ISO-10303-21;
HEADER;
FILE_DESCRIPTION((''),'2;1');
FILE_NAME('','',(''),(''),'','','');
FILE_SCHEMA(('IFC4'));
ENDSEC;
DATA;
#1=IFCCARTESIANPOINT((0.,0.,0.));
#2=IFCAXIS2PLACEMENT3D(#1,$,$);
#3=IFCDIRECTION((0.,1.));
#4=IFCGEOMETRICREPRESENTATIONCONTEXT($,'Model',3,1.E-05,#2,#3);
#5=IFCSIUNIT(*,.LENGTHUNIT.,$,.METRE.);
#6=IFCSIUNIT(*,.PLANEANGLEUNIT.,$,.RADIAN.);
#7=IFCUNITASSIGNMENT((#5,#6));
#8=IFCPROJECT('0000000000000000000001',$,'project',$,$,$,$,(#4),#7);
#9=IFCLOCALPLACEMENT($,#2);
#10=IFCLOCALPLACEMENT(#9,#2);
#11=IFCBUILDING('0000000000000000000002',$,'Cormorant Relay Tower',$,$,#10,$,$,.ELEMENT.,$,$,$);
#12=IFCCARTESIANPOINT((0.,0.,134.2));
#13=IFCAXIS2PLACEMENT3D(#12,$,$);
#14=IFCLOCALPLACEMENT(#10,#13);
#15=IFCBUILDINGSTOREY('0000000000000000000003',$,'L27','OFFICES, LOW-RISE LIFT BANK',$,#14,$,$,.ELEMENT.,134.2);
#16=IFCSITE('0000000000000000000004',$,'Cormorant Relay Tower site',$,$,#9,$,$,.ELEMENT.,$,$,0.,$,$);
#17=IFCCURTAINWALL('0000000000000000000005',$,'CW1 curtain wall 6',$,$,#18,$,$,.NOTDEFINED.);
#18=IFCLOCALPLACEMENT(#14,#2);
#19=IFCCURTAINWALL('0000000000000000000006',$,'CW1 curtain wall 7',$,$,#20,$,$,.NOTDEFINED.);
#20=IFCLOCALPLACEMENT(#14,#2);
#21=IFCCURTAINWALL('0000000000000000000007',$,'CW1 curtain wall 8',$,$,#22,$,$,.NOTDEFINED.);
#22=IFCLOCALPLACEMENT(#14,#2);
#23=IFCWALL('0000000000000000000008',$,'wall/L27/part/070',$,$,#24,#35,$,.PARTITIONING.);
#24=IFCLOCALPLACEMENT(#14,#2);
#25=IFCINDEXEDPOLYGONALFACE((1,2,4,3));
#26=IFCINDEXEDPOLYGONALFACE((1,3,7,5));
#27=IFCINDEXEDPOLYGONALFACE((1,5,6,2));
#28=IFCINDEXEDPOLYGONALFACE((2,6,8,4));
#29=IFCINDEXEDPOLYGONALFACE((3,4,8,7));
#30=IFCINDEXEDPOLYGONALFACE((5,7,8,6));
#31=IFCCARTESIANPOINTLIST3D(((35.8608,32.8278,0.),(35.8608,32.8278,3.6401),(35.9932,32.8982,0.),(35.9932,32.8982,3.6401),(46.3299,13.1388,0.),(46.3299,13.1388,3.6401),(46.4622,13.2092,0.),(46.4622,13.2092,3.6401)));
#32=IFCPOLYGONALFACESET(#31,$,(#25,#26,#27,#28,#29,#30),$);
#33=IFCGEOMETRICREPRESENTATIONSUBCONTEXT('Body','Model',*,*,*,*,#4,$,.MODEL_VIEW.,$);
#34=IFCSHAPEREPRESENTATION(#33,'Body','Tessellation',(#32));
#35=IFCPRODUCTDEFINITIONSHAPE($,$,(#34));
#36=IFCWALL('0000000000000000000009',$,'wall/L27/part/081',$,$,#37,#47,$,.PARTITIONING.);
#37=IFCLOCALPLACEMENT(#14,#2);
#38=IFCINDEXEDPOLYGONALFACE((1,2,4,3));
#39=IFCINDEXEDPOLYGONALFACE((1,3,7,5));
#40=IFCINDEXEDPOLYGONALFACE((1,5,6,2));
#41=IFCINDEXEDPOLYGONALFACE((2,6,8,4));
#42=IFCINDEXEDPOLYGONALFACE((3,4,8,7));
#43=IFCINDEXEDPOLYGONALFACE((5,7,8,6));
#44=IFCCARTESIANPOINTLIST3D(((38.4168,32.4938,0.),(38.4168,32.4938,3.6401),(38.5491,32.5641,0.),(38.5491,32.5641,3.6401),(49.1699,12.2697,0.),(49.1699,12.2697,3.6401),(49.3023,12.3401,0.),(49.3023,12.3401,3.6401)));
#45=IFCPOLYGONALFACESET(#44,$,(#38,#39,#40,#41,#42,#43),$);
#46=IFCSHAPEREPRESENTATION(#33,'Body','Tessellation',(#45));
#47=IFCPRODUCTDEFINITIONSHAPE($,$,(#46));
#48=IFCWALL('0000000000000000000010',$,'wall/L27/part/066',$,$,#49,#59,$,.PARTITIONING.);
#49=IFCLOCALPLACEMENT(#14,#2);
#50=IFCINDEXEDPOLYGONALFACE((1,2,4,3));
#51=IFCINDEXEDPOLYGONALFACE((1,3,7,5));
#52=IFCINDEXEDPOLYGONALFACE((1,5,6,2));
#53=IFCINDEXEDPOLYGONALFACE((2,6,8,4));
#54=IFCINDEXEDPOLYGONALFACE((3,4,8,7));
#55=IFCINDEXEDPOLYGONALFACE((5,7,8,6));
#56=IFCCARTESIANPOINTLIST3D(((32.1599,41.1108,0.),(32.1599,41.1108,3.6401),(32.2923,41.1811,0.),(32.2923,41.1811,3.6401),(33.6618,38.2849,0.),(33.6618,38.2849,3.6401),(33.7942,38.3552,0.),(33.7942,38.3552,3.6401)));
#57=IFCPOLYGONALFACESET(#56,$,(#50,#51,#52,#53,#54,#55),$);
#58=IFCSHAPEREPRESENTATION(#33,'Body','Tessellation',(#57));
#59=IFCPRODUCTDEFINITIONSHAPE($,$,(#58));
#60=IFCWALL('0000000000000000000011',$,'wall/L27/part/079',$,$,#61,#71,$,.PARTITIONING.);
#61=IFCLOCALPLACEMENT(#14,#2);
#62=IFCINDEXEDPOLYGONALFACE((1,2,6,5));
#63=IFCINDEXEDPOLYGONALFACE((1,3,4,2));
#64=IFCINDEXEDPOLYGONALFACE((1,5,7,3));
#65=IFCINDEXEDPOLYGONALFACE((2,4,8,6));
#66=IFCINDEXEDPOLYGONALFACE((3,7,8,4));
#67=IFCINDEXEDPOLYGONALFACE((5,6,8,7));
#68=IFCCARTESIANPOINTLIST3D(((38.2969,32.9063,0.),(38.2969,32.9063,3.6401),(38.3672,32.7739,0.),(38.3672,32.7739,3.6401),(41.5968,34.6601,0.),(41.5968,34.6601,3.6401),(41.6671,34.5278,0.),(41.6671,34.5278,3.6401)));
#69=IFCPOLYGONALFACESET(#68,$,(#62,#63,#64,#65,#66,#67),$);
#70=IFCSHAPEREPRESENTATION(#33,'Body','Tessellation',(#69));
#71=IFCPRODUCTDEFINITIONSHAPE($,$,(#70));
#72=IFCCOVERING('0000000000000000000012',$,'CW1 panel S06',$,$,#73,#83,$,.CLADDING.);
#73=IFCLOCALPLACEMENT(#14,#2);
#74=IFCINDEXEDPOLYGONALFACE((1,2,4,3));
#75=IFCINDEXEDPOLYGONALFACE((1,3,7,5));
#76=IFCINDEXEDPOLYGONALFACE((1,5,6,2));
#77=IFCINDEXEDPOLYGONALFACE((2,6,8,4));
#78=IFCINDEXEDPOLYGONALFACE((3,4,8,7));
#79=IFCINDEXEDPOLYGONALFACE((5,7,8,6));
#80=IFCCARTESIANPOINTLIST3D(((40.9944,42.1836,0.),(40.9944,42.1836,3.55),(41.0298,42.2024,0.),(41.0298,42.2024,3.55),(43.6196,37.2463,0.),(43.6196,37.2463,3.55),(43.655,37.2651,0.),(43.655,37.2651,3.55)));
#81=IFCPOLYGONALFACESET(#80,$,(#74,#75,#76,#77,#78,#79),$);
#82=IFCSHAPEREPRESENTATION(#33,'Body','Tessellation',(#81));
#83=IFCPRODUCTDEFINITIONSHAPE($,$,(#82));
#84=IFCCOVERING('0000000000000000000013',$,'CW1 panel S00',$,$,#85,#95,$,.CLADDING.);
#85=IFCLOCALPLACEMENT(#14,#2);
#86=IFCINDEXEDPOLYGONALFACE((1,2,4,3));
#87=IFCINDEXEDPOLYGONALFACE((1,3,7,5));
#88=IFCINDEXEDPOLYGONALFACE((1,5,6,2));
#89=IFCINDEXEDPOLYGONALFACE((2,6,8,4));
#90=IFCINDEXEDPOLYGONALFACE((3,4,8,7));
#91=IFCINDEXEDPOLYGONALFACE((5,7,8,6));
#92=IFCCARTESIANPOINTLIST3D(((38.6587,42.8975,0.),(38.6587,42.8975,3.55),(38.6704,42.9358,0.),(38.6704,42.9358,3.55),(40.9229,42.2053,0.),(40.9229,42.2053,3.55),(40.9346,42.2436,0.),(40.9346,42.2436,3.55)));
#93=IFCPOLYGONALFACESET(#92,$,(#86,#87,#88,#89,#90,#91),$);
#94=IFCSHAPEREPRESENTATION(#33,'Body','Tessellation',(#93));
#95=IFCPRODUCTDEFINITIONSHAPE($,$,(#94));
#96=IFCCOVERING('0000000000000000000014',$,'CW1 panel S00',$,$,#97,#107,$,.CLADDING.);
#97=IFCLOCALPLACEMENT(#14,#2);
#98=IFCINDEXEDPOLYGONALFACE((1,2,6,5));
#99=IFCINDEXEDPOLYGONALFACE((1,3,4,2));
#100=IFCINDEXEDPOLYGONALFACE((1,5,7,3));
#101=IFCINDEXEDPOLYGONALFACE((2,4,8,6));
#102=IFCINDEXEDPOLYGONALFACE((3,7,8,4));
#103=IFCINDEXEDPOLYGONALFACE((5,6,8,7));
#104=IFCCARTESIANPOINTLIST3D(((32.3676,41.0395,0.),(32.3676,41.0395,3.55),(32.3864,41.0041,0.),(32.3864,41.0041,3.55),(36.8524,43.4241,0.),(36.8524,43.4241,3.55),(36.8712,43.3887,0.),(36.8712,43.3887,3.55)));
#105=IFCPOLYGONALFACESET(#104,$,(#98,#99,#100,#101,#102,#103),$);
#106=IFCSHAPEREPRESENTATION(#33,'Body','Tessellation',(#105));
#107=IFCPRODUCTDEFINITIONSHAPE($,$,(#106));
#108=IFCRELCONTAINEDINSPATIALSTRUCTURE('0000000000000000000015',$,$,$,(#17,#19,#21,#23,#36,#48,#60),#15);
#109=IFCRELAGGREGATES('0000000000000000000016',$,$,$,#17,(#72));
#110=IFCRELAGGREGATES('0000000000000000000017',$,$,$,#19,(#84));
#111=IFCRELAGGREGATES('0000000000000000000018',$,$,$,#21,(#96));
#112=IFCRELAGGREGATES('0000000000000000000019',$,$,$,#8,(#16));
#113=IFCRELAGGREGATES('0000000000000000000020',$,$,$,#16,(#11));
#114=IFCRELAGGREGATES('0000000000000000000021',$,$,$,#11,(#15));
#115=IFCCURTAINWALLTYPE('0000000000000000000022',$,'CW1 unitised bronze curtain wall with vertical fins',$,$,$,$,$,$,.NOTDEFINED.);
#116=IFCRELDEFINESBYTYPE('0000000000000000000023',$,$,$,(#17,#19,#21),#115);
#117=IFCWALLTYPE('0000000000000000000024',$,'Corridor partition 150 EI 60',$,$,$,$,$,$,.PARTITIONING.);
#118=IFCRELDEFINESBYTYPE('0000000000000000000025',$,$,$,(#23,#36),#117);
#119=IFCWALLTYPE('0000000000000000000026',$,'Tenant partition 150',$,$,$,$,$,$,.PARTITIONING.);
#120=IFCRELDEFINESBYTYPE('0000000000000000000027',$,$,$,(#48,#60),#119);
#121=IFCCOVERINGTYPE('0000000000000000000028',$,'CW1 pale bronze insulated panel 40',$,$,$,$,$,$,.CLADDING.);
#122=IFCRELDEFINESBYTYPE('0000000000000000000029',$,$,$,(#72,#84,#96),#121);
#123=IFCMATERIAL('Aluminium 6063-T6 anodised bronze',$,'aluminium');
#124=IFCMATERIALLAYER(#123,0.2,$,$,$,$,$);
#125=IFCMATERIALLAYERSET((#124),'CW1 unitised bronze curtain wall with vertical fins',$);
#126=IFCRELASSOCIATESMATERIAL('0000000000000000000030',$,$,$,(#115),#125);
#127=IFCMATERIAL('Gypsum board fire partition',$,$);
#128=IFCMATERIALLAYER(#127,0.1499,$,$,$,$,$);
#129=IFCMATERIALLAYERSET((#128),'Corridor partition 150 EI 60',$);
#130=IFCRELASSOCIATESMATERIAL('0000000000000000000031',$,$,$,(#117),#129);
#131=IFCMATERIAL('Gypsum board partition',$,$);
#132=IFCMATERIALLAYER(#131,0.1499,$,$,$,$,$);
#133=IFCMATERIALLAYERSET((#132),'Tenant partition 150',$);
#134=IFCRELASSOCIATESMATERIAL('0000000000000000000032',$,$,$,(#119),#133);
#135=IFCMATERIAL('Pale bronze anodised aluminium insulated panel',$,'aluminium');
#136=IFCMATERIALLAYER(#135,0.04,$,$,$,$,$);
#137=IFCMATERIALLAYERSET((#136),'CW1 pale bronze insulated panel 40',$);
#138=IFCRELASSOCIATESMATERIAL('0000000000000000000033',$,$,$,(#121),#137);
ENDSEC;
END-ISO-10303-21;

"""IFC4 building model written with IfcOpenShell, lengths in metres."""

from ifc_helpers import new_model, si_unit, direction, frame, frame_2d, origin, origin_2d, place, context, subcontext, project, spatial, rectangle, extrude, material, layer, layer_set, type_object, element, aggregate, save


model = new_model("IFC4")

# Units and contexts
model_context = context("Model", 3, precision=1e-05, world=origin(), true_north=direction((0.0, 1.0)))
body_context = subcontext(model_context, "Body", "Model", "MODEL_VIEW")
ifc_project = project(units=[si_unit("LENGTHUNIT", "METRE"), si_unit("PLANEANGLEUNIT", "RADIAN")], contexts=[model_context])

# Site, building, storey
site_placement = place(None, origin())
site = spatial("IfcSite", under=ifc_project, at=site_placement, Name="Cormorant Relay Tower site", CompositionType="ELEMENT", RefElevation=0.0)
building_placement = place(site_placement, origin())
building = spatial("IfcBuilding", under=site, at=building_placement, Name="Cormorant Relay Tower", CompositionType="ELEMENT")
storey_placement = place(building_placement, frame((0.0, 0.0, 134.2)))
storey = spatial("IfcBuildingStorey", under=building, at=storey_placement, Name="L27", Description="OFFICES, LOW-RISE LIFT BANK", CompositionType="ELEMENT", Elevation=134.2)

# Curtain wall
ifc_material_1 = material(Name="Aluminium 6063-T6 anodised bronze", Category="aluminium")
ifc_layer_1 = layer(ifc_material_1, 0.2)
ifc_layer_set_1 = layer_set([ifc_layer_1], Name="CW1 unitised bronze curtain wall with vertical fins")
curtain_wall_type = type_object("IfcCurtainWallType", Name="CW1 unitised bronze curtain wall with vertical fins", PredefinedType="NOTDEFINED", material=ifc_layer_set_1)
curtain_wall_1_placement = place(storey_placement, origin())
curtain_wall_1 = element("IfcCurtainWall", 1, at=curtain_wall_1_placement, inside=storey, type_object=curtain_wall_type, Name="CW1 curtain wall 6", PredefinedType="NOTDEFINED")

# Curtain wall
curtain_wall_2_placement = place(storey_placement, origin())
curtain_wall_2 = element("IfcCurtainWall", 2, at=curtain_wall_2_placement, inside=storey, type_object=curtain_wall_type, Name="CW1 curtain wall 7", PredefinedType="NOTDEFINED")

# Curtain wall
curtain_wall_3_placement = place(storey_placement, origin())
curtain_wall_3 = element("IfcCurtainWall", 3, at=curtain_wall_3_placement, inside=storey, type_object=curtain_wall_type, Name="CW1 curtain wall 8", PredefinedType="NOTDEFINED")

# Shared definitions
ifc_material_2 = material(Name="Gypsum board fire partition")
ifc_layer_2 = layer(ifc_material_2, 0.1499)
ifc_layer_set_2 = layer_set([ifc_layer_2], Name="Corridor partition 150 EI 60")
wall_type_1 = type_object("IfcWallType", Name="Corridor partition 150 EI 60", PredefinedType="PARTITIONING", material=ifc_layer_set_2)

# Walls
wall_1_placement = place(storey_placement, frame((35.927, 32.863, 0.0), z_axis=(0.0, 0.0, 1.0), x_axis=(0.469478, -0.882944, 0.0)))
element("IfcWall", 4, at=wall_1_placement, inside=storey, type_object=wall_type_1, Name="wall/L27/part/070", PredefinedType="PARTITIONING", context=body_context, shape_type="SweptSolid", body=[
    extrude(rectangle(XDim=22.2993, YDim=0.1499, at=frame_2d((11.1497, 0.0))), origin(), (0.0, 0.0, 1.0), 3.6401),
])
wall_2_placement = place(storey_placement, frame((38.4829, 32.5291, 0.0), z_axis=(0.0, 0.0, 1.0), x_axis=(0.469465, -0.882951, 0.0)))
element("IfcWall", 5, at=wall_2_placement, inside=storey, type_object=wall_type_1, Name="wall/L27/part/081", PredefinedType="PARTITIONING", context=body_context, shape_type="SweptSolid", body=[
    extrude(rectangle(XDim=22.905, YDim=0.1499, at=frame_2d((11.4526, 0.0))), origin(), (0.0, 0.0, 1.0), 3.6401),
])
ifc_material_3 = material(Name="Gypsum board partition")
ifc_layer_3 = layer(ifc_material_3, 0.1499)
ifc_layer_set_3 = layer_set([ifc_layer_3], Name="Tenant partition 150")
wall_type_2 = type_object("IfcWallType", Name="Tenant partition 150", PredefinedType="PARTITIONING", material=ifc_layer_set_3)
wall_3_placement = place(storey_placement, frame((33.728, 38.3201, 0.0), z_axis=(0.0, 0.0, 1.0), x_axis=(-0.469321, 0.883028, 0.0)))
element("IfcWall", 6, at=wall_3_placement, inside=storey, type_object=wall_type_2, Name="wall/L27/part/066", PredefinedType="PARTITIONING", context=body_context, shape_type="SweptSolid", body=[
    extrude(rectangle(XDim=3.2002, YDim=0.1499, at=frame_2d((1.6001, 0.0))), origin(), (0.0, 0.0, 1.0), 3.6401),
])
wall_4_placement = place(storey_placement, frame((41.6321, 34.594, 0.0), z_axis=(0.0, 0.0, 1.0), x_axis=(-0.883032, -0.469313, 0.0)))
element("IfcWall", 7, at=wall_4_placement, inside=storey, type_object=wall_type_2, Name="wall/L27/part/079", PredefinedType="PARTITIONING", context=body_context, shape_type="SweptSolid", body=[
    extrude(rectangle(XDim=3.7371, YDim=0.1499, at=frame_2d((1.8687, 0.0))), origin(), (0.0, 0.0, 1.0), 3.6401),
])

# Coverings
ifc_material_4 = material(Name="Pale bronze anodised aluminium insulated panel", Category="aluminium")
ifc_layer_4 = layer(ifc_material_4, 0.04)
ifc_layer_set_4 = layer_set([ifc_layer_4], Name="CW1 pale bronze insulated panel 40")
covering_type = type_object("IfcCoveringType", Name="CW1 pale bronze insulated panel 40", PredefinedType="CLADDING", material=ifc_layer_set_4)
covering_1_placement = place(storey_placement, frame((42.3247, 39.7244, 0.0), z_axis=(0.0, 0.0, 1.0), x_axis=(-0.469472, 0.882948, 0.0)))
covering_1 = element("IfcCovering", 8, at=covering_1_placement, type_object=covering_type, Name="CW1 panel S06", PredefinedType="CLADDING", context=body_context, shape_type="SweptSolid", body=[
    extrude(rectangle(XDim=5.5918, YDim=0.04, at=origin_2d()), origin(), (0.0, 0.0, 1.0), 3.55),
])
aggregate(curtain_wall_1, [covering_1])
covering_2_placement = place(storey_placement, frame((39.7966, 42.5706, 0.0), z_axis=(0.0, 0.0, 1.0), x_axis=(-0.956305, 0.292372, 0.0)))
covering_2 = element("IfcCovering", 9, at=covering_2_placement, type_object=covering_type, Name="CW1 panel S00", PredefinedType="CLADDING", context=body_context, shape_type="SweptSolid", body=[
    extrude(rectangle(XDim=2.3677, YDim=0.04, at=origin_2d()), origin(), (0.0, 0.0, 1.0), 3.55),
])
aggregate(curtain_wall_2, [covering_2])
covering_3_placement = place(storey_placement, frame((34.6194, 42.2141, 0.0), z_axis=(0.0, 0.0, 1.0), x_axis=(-0.882948, -0.469472, 0.0)))
covering_3 = element("IfcCovering", 10, at=covering_3_placement, type_object=covering_type, Name="CW1 panel S00", PredefinedType="CLADDING", context=body_context, shape_type="SweptSolid", body=[
    extrude(rectangle(XDim=5.0793, YDim=0.04, at=origin_2d()), origin(), (0.0, 0.0, 1.0), 3.55),
])
aggregate(curtain_wall_3, [covering_3])

save(model, "model.ifc")
